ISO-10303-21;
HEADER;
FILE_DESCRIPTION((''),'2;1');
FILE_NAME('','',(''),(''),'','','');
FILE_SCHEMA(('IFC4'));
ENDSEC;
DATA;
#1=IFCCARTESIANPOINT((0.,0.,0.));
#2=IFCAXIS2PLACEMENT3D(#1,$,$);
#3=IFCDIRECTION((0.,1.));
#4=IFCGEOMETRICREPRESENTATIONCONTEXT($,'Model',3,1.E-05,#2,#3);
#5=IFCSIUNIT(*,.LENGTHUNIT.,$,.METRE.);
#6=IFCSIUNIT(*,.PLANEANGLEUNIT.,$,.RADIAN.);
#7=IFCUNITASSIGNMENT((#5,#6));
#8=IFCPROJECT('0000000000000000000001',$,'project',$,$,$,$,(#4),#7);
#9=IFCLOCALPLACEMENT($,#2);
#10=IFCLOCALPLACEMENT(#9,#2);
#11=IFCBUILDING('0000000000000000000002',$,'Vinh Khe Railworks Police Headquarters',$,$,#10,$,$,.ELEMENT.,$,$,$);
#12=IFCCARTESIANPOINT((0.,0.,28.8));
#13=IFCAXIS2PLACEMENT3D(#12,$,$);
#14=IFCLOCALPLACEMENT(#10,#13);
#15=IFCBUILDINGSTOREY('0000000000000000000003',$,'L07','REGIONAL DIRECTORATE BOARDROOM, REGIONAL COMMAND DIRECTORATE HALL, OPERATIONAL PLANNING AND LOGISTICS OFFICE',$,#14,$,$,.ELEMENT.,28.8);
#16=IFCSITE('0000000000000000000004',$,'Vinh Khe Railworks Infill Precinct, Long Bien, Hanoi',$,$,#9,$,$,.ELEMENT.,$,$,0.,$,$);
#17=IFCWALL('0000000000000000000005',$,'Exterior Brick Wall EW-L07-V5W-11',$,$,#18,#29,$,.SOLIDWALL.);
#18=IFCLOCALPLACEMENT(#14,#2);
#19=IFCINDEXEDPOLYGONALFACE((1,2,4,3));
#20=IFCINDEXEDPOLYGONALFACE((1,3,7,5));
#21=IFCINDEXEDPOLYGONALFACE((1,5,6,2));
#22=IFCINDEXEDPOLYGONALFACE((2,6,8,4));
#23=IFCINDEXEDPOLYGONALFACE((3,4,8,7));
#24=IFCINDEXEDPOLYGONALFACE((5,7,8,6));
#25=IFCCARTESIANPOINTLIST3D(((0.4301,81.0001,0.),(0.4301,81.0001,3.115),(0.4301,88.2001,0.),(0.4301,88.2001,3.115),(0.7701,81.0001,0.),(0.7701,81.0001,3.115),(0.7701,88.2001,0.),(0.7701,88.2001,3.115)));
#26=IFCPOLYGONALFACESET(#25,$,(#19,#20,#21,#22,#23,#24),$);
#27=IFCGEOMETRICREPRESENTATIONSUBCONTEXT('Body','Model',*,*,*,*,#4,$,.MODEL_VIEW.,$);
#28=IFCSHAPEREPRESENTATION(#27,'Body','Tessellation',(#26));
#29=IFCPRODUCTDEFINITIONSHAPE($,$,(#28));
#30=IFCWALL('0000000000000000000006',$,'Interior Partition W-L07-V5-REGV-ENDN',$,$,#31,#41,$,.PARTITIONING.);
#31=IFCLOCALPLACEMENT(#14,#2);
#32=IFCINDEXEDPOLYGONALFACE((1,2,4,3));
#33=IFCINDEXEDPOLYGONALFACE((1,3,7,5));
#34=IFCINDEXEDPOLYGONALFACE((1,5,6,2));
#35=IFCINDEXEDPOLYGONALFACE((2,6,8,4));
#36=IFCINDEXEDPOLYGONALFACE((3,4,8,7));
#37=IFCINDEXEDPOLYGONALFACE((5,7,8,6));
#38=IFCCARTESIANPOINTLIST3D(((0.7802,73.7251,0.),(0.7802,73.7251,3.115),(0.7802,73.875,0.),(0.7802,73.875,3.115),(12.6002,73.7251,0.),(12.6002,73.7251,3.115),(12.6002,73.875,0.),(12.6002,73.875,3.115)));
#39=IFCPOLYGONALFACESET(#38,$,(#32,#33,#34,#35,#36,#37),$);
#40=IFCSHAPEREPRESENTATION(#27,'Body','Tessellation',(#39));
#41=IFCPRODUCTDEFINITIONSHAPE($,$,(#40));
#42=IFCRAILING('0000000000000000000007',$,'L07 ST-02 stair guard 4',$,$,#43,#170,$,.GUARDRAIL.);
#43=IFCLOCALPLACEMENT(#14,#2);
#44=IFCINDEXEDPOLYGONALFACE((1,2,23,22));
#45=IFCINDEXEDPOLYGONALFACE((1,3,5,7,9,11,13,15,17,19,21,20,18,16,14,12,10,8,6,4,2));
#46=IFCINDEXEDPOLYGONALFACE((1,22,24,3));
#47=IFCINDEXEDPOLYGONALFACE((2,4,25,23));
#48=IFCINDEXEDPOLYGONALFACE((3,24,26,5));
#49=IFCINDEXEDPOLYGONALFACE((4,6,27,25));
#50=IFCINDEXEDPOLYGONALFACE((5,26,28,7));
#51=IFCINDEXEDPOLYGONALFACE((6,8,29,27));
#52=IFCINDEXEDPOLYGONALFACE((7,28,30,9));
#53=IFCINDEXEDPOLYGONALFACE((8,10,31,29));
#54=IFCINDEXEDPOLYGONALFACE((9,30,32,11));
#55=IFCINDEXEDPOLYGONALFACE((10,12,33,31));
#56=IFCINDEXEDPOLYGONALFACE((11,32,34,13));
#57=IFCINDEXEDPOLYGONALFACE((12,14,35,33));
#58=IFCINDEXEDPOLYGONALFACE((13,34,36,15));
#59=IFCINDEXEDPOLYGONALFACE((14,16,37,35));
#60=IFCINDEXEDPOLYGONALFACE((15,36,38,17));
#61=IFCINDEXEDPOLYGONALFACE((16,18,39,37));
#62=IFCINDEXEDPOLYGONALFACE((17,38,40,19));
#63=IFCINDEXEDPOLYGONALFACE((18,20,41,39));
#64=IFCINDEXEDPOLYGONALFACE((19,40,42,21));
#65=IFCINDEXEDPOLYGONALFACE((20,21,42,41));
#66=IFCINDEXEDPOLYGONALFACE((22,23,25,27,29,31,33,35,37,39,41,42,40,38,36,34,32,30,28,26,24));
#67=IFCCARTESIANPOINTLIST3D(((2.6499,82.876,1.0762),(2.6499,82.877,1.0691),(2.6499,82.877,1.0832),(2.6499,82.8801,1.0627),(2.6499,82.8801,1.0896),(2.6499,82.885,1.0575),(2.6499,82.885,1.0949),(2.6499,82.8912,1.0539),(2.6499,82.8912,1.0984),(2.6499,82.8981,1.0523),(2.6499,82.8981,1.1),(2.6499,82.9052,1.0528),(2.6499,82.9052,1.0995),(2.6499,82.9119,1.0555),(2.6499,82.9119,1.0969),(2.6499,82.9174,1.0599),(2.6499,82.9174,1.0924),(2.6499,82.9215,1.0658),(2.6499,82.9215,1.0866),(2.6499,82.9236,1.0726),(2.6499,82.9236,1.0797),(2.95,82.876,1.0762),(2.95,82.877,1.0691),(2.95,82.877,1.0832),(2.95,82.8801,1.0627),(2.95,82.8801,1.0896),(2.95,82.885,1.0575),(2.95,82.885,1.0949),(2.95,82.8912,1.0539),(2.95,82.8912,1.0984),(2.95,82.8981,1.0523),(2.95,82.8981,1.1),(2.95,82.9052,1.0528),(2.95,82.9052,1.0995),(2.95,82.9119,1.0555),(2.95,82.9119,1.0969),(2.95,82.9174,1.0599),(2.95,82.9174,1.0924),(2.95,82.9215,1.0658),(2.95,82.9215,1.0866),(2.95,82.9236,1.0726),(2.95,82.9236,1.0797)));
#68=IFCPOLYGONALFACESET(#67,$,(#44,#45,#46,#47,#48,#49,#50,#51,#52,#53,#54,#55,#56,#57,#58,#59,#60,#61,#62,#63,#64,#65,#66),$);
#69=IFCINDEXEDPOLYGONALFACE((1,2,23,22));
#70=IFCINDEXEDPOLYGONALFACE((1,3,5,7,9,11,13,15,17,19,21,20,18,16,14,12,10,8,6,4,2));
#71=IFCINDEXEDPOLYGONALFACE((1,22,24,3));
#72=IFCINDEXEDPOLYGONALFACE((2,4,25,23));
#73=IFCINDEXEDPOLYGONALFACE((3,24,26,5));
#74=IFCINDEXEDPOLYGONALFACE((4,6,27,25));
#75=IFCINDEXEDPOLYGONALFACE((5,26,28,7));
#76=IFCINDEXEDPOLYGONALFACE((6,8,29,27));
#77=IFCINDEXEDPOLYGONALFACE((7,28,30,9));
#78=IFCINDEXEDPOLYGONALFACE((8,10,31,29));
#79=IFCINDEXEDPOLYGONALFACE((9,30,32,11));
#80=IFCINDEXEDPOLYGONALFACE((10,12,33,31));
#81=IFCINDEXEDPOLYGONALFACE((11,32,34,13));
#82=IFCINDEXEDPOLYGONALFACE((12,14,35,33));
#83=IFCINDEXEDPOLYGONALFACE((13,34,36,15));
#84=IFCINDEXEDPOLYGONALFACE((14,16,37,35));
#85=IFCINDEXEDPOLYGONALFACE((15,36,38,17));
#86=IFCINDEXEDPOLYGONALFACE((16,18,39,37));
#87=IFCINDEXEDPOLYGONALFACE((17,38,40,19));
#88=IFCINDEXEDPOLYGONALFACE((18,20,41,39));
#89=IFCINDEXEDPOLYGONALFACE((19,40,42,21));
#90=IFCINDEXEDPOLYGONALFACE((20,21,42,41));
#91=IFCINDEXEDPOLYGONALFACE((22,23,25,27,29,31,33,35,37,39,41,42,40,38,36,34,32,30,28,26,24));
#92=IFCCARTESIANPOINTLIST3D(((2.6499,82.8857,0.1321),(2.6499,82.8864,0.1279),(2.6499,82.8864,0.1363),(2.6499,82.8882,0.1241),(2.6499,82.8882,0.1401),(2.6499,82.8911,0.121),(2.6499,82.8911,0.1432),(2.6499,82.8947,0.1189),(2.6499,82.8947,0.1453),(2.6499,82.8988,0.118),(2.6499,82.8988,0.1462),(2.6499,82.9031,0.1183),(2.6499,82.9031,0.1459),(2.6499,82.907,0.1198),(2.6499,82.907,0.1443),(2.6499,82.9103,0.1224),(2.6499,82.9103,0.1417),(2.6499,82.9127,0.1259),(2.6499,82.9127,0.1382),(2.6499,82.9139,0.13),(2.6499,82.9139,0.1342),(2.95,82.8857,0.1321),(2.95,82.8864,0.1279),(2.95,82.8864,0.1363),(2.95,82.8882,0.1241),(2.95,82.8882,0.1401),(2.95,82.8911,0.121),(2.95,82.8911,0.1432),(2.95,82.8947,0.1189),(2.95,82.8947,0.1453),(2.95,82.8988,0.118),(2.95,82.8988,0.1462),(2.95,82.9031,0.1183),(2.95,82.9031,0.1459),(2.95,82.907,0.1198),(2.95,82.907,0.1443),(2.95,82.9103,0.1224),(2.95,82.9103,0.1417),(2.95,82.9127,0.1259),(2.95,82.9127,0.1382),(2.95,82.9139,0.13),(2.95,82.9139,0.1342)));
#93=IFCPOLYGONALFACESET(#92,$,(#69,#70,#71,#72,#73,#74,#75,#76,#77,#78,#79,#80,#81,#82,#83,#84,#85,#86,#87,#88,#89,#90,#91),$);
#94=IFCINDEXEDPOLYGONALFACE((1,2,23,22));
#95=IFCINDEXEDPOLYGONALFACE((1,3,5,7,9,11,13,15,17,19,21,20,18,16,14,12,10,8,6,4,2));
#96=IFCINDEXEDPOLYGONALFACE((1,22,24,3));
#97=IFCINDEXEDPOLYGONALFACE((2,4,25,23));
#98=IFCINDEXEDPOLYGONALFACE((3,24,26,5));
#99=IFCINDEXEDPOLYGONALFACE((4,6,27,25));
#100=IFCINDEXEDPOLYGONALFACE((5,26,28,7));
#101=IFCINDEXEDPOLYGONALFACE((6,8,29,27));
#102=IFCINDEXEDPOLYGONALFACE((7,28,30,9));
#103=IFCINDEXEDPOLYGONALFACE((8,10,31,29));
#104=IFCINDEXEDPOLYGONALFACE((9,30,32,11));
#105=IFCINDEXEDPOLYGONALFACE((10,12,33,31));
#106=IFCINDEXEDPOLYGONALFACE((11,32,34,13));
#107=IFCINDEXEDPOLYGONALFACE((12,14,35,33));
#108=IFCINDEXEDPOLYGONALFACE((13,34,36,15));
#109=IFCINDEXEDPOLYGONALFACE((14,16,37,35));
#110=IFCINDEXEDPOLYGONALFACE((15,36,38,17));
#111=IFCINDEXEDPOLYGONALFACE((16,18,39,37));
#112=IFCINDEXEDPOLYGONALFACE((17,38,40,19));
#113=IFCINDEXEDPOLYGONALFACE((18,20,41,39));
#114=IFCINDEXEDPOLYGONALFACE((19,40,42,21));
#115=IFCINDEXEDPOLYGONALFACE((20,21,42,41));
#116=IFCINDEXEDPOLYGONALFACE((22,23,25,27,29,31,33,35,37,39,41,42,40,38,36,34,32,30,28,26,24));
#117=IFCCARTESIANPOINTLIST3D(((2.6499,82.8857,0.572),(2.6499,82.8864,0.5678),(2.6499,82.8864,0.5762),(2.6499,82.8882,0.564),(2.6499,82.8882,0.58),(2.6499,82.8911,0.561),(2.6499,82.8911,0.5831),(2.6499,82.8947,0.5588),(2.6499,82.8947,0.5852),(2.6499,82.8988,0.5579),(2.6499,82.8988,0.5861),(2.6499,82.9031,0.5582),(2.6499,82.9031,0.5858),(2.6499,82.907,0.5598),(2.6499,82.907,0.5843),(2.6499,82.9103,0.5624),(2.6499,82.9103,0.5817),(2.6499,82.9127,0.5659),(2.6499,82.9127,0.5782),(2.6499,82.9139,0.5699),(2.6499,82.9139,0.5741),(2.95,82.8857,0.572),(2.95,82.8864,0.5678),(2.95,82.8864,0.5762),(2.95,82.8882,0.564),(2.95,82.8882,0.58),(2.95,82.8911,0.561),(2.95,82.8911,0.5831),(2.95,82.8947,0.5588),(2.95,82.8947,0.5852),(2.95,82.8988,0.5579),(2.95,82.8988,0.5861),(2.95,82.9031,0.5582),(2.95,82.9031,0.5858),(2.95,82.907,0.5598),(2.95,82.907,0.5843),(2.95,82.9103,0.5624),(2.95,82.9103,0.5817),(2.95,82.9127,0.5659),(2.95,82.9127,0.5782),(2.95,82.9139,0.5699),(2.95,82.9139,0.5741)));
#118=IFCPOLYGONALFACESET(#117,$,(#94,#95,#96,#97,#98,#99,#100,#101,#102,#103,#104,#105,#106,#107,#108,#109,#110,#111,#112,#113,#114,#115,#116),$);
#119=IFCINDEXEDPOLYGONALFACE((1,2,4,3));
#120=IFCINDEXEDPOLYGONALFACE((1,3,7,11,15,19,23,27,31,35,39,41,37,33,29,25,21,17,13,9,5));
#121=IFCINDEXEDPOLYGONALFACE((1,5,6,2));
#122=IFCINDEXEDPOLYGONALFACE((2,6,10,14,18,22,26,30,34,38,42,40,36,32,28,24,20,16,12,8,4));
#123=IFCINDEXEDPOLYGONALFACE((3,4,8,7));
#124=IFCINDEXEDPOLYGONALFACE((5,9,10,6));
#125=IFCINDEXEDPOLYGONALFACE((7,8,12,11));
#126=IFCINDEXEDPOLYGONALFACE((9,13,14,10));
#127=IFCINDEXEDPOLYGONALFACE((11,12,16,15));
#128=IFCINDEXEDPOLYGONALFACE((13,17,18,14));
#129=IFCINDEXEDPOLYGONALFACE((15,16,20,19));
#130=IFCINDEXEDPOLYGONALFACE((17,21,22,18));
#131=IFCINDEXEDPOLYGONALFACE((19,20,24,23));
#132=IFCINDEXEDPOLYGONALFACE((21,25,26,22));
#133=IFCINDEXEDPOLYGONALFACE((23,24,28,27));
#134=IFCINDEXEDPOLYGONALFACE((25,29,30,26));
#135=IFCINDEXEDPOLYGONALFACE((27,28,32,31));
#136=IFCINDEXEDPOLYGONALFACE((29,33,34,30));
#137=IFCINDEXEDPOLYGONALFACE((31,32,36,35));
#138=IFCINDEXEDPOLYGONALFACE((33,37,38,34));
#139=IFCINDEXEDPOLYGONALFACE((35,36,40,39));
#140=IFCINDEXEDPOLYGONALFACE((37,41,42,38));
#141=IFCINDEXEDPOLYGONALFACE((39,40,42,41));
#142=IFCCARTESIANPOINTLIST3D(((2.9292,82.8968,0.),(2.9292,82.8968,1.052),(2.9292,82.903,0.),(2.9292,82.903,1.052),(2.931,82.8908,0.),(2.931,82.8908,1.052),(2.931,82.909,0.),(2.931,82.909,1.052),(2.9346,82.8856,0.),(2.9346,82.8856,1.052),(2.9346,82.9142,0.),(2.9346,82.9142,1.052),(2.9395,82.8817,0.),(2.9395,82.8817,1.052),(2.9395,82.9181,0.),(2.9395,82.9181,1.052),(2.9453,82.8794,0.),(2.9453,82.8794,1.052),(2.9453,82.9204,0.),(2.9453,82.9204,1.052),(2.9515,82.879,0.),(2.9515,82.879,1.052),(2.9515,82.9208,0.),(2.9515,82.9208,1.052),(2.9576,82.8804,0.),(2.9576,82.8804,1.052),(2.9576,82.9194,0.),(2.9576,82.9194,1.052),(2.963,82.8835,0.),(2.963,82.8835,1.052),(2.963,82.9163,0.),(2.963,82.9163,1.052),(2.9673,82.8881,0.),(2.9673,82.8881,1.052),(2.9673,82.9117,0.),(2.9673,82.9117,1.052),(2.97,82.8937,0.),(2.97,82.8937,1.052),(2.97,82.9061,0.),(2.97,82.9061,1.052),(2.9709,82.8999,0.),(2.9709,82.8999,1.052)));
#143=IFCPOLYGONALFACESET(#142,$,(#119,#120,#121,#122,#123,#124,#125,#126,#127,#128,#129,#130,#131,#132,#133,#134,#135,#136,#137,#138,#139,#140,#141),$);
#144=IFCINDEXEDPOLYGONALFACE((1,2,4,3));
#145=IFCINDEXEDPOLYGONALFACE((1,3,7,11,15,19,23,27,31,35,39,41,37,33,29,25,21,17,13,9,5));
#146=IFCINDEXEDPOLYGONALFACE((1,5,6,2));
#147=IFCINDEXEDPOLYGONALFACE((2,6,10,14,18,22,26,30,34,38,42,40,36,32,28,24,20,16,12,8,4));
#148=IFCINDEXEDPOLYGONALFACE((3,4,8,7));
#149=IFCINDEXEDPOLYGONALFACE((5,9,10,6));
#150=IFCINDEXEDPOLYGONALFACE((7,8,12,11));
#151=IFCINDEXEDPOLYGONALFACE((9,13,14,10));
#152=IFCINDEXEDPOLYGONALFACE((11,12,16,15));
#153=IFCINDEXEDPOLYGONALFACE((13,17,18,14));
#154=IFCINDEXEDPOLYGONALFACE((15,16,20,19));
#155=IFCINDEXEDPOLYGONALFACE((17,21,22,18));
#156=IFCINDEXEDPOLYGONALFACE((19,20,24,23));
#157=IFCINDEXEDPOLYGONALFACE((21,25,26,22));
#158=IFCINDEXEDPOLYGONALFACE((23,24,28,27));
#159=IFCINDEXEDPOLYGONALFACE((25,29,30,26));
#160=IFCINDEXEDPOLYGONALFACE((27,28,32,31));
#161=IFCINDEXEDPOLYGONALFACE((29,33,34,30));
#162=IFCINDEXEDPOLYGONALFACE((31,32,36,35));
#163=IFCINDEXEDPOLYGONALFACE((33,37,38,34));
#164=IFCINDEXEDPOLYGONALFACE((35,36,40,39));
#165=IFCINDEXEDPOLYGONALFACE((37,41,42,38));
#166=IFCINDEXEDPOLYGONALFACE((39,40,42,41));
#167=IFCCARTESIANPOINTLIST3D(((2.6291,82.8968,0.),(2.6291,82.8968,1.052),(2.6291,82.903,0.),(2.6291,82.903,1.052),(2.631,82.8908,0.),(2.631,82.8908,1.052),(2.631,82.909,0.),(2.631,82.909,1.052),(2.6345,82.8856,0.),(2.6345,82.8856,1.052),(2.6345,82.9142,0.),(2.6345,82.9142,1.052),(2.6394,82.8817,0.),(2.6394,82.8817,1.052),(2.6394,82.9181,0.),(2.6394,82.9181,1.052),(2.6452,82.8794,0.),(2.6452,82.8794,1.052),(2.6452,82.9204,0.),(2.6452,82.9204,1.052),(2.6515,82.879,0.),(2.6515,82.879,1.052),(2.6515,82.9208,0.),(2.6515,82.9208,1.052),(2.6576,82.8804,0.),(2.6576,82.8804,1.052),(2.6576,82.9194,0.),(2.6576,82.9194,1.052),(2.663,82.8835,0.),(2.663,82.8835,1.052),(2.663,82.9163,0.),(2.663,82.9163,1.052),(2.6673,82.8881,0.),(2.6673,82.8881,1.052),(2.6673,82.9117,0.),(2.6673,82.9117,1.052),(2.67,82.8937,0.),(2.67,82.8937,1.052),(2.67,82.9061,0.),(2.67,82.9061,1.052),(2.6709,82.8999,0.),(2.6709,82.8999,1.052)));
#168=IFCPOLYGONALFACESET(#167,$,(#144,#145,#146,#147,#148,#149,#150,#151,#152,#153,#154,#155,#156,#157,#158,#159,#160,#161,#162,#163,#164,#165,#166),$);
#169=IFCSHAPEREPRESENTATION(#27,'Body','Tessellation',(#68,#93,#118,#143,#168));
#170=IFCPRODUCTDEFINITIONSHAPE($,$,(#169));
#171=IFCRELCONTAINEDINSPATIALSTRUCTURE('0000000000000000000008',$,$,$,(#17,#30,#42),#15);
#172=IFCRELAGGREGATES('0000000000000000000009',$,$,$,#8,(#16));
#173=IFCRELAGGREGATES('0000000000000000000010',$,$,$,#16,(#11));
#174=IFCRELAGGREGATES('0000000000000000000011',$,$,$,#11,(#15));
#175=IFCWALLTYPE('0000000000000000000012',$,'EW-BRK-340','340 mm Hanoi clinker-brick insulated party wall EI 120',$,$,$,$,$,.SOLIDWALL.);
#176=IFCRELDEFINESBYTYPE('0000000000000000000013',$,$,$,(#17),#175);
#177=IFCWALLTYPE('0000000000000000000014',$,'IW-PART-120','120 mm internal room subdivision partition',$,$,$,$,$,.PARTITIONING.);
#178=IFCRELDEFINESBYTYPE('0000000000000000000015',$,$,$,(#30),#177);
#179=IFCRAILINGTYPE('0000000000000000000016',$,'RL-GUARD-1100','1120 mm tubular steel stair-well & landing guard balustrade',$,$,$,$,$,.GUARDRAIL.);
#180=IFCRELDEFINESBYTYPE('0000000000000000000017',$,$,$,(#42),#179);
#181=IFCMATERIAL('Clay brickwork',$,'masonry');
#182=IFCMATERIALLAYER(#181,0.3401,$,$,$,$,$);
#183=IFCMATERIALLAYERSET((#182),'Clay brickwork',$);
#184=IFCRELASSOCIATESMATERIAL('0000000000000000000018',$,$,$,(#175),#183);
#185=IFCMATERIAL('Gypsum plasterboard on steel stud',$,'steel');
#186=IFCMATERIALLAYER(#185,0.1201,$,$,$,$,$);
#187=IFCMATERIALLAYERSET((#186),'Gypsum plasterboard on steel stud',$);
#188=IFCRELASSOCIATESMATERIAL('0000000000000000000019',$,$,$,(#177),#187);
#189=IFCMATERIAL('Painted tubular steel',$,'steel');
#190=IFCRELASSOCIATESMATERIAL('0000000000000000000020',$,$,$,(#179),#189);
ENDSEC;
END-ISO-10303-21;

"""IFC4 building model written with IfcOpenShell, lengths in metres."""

from ifc_helpers import new_model, si_unit, direction, frame, frame_2d, origin, origin_2d, place, context, subcontext, project, spatial, rectangle, circle, extrude, material, layer, layer_set, type_object, element, save


model = new_model("IFC4")

# Units and contexts
model_context = context("Model", 3, precision=1e-05, world=origin(), true_north=direction((0.0, 1.0)))
body_context = subcontext(model_context, "Body", "Model", "MODEL_VIEW")
ifc_project = project(units=[si_unit("LENGTHUNIT", "METRE"), si_unit("PLANEANGLEUNIT", "RADIAN")], contexts=[model_context])

# Site, building, storey
site_placement = place(None, origin())
site = spatial("IfcSite", under=ifc_project, at=site_placement, Name="Vinh Khe Railworks Infill Precinct, Long Bien, Hanoi", CompositionType="ELEMENT", RefElevation=0.0)
building_placement = place(site_placement, origin())
building = spatial("IfcBuilding", under=site, at=building_placement, Name="Vinh Khe Railworks Police Headquarters", CompositionType="ELEMENT")
storey_placement = place(building_placement, frame((0.0, 0.0, 28.8)))
storey = spatial("IfcBuildingStorey", under=building, at=storey_placement, Name="L07", Description="REGIONAL DIRECTORATE BOARDROOM, REGIONAL COMMAND DIRECTORATE HALL, OPERATIONAL PLANNING AND LOGISTICS OFFICE", CompositionType="ELEMENT", Elevation=28.8)

# Wall
ifc_material_1 = material(Name="Clay brickwork", Category="masonry")
ifc_layer_1 = layer(ifc_material_1, 0.3401)
ifc_layer_set_1 = layer_set([ifc_layer_1], Name="Clay brickwork")
wall_type_1 = type_object("IfcWallType", Name="EW-BRK-340", Description="340 mm Hanoi clinker-brick insulated party wall EI 120", PredefinedType="SOLIDWALL", material=ifc_layer_set_1)
for number, where, z_axis, x_axis, name in (
    (1, (0.6001, 81.0, 0.0), (0.0, 0.0, 1.0), (0.0, 1.0, 0.0), "Exterior Brick Wall EW-L07-V5W-11"),
):
    element("IfcWall", number, at=place(storey_placement, frame(where, z_axis=z_axis, x_axis=x_axis)), inside=storey, type_object=wall_type_1, Name=name, PredefinedType="SOLIDWALL", context=body_context, shape_type="SweptSolid", body=[
        extrude(rectangle(XDim=7.2, YDim=0.3401, at=frame_2d((3.6001, 0.0))), origin(), (0.0, 0.0, 1.0), 3.115),
    ])

# Wall
ifc_material_2 = material(Name="Gypsum plasterboard on steel stud", Category="steel")
ifc_layer_2 = layer(ifc_material_2, 0.1201)
ifc_layer_set_2 = layer_set([ifc_layer_2], Name="Gypsum plasterboard on steel stud")
wall_type_2 = type_object("IfcWallType", Name="IW-PART-120", Description="120 mm internal room subdivision partition", PredefinedType="PARTITIONING", material=ifc_layer_set_2)
wall_1_placement = place(storey_placement, frame((0.78, 73.8, 0.0), z_axis=(0.0, 0.0, 1.0), x_axis=(1.0, 0.0, 0.0)))
element("IfcWall", 2, at=wall_1_placement, inside=storey, type_object=wall_type_2, Name="Interior Partition W-L07-V5-REGV-ENDN", PredefinedType="PARTITIONING", context=body_context, shape_type="SweptSolid", body=[
    extrude(rectangle(XDim=11.8201, YDim=0.1499, at=frame_2d((5.9102, 0.0))), origin(), (0.0, 0.0, 1.0), 3.115),
])

# Railing
ifc_material_3 = material(Name="Painted tubular steel", Category="steel")
railing_type = type_object("IfcRailingType", Name="RL-GUARD-1100", Description="1120 mm tubular steel stair-well & landing guard balustrade", PredefinedType="GUARDRAIL", material=ifc_material_3)
railing_placement = place(storey_placement, frame((2.95, 82.8999, 0.0)))
element("IfcRailing", 3, at=railing_placement, inside=storey, type_object=railing_type, Name="L07 ST-02 stair guard 4", PredefinedType="GUARDRAIL", context=body_context, shape_type="SweptSolid", body=[
    extrude(circle(Radius=0.0239, at=origin_2d()), frame((0.0, 0.0, 1.0762), z_axis=(-1.0, 0.0, 0.0), x_axis=(0.0, -1.0, 0.0)), (0.0, 0.0, 1.0), 0.3),
    extrude(circle(Radius=0.0142, at=origin_2d()), frame((0.0, 0.0, 0.1321), z_axis=(-1.0, 0.0, 0.0), x_axis=(0.0, -1.0, 0.0)), (0.0, 0.0, 1.0), 0.3),
    extrude(circle(Radius=0.0142, at=origin_2d()), frame((0.0, 0.0, 0.572), z_axis=(-1.0, 0.0, 0.0), x_axis=(0.0, -1.0, 0.0)), (0.0, 0.0, 1.0), 0.3),
    extrude(circle(Radius=0.021, at=origin_2d()), origin(), (0.0, 0.0, 1.0), 1.052),
    extrude(circle(Radius=0.021, at=origin_2d()), frame((-0.3, 0.0, 0.0)), (0.0, 0.0, 1.0), 1.052),
])

save(model, "model.ifc")
